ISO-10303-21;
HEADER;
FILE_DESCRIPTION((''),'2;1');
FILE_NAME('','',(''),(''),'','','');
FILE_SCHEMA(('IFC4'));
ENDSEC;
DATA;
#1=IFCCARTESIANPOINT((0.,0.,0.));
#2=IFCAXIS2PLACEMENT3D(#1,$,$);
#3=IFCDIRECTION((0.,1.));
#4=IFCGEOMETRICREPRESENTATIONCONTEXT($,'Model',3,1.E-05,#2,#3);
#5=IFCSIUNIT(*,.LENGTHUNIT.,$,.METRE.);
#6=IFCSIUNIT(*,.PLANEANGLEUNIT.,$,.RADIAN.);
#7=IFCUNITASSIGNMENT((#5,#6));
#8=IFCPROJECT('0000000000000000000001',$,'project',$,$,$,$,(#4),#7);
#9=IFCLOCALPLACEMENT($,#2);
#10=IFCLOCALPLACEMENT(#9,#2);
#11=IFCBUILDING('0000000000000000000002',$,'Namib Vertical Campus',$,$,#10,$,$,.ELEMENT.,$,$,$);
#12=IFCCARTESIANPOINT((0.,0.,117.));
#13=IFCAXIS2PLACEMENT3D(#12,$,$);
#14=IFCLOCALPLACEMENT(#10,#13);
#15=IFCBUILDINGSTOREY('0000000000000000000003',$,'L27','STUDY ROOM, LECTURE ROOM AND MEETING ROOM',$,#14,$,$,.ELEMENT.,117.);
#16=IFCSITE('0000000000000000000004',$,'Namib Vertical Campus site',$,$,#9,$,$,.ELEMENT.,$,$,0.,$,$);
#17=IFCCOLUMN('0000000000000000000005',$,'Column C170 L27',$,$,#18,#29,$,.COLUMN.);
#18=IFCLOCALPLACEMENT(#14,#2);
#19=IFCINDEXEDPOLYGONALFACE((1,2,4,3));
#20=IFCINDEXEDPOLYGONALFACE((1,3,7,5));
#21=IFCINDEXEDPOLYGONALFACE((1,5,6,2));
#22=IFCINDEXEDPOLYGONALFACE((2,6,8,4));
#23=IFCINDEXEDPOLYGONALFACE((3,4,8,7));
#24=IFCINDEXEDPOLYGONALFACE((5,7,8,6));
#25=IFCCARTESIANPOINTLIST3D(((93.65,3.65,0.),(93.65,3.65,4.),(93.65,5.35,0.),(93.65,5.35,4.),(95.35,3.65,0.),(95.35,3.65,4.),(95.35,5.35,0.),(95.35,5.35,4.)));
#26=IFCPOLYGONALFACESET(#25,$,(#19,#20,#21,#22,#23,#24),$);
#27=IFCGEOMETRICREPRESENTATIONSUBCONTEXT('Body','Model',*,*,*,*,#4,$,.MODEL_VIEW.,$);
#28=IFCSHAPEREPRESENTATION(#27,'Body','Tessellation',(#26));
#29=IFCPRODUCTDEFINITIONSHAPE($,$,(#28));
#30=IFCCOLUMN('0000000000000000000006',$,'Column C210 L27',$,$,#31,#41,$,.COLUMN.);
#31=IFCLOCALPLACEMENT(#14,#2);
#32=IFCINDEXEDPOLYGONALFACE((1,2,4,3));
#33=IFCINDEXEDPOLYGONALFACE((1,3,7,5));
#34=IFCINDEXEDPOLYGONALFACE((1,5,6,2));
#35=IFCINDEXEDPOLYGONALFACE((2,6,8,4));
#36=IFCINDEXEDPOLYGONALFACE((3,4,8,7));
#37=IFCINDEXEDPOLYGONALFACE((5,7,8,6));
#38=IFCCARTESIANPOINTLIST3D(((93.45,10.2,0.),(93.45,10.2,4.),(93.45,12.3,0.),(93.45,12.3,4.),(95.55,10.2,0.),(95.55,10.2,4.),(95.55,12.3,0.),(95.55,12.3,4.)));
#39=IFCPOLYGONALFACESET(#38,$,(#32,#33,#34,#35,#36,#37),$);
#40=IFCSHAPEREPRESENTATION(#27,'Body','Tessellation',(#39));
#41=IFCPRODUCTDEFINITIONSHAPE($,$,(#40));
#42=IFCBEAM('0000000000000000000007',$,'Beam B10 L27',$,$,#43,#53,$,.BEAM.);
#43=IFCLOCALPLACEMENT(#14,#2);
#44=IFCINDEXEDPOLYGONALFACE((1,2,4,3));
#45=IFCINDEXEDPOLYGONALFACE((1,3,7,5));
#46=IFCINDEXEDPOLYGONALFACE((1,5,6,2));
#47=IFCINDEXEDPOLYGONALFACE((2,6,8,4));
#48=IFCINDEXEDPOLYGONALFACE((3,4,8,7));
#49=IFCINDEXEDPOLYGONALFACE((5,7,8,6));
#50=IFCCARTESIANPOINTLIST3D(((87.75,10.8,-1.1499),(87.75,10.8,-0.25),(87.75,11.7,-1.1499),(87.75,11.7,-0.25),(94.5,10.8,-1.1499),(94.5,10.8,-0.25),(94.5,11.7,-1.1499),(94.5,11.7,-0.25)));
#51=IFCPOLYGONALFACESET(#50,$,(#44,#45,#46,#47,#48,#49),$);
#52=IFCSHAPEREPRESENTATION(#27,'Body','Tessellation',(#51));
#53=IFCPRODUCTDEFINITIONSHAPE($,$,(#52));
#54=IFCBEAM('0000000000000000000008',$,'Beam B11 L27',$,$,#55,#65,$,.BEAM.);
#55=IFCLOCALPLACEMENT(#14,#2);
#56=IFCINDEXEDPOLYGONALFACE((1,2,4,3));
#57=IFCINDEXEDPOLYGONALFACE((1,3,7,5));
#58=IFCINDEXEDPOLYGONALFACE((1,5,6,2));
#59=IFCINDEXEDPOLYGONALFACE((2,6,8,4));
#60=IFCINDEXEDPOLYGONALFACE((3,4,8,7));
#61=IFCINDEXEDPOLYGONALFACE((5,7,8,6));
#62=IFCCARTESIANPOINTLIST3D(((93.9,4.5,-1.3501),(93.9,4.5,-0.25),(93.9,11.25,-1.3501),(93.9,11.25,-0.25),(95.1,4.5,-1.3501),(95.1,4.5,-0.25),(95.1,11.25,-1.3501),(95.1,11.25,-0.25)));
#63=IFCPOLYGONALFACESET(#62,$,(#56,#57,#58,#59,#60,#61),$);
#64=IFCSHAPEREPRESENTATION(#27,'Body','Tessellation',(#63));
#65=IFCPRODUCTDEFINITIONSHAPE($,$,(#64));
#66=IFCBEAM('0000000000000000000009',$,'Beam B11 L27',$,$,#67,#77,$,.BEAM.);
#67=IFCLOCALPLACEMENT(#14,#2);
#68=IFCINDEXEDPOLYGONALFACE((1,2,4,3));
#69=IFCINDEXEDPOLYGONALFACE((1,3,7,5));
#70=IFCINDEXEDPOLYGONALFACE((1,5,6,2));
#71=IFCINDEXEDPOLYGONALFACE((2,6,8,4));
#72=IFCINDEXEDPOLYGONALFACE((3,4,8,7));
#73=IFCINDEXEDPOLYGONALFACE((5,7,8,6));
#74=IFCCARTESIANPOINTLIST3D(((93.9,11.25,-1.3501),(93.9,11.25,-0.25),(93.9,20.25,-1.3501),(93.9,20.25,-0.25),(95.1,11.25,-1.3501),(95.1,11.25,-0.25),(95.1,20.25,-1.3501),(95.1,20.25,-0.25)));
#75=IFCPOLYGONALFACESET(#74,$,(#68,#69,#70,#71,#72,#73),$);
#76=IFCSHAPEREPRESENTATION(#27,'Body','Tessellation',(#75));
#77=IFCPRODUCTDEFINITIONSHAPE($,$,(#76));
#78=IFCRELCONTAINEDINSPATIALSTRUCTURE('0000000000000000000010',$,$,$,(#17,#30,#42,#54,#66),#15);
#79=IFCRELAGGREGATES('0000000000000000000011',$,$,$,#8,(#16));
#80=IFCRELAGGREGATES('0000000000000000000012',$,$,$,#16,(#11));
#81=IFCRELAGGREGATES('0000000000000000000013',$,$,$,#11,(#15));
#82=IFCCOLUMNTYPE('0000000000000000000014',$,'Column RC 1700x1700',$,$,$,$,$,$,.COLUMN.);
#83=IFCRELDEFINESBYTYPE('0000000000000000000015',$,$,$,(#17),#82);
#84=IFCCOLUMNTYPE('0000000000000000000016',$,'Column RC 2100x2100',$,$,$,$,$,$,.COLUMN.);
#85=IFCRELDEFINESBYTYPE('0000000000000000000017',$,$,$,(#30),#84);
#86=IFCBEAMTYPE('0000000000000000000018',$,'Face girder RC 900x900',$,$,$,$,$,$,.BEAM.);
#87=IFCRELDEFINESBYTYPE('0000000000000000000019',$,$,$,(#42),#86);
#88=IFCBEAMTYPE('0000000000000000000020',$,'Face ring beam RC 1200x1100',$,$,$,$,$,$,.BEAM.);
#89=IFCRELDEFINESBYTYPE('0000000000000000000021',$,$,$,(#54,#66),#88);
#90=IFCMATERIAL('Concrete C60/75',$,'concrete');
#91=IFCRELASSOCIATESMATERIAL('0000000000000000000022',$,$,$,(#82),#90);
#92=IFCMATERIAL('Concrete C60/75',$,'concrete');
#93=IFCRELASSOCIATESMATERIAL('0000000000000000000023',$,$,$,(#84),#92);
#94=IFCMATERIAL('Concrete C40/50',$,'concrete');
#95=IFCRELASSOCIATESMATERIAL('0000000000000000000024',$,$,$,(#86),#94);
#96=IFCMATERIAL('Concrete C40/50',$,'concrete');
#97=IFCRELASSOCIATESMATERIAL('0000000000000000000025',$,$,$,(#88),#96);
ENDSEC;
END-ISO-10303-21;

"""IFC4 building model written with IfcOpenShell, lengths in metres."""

from ifc_helpers import new_model, si_unit, direction, frame, origin, origin_2d, place, context, subcontext, project, spatial, rectangle, extrude, material, material_profile, profile_set, type_object, element, save


model = new_model("IFC4")

# Units and contexts
model_context = context("Model", 3, precision=1e-05, world=origin(), true_north=direction((0.0, 1.0)))
body_context = subcontext(model_context, "Body", "Model", "MODEL_VIEW")
ifc_project = project(units=[si_unit("LENGTHUNIT", "METRE"), si_unit("PLANEANGLEUNIT", "RADIAN")], contexts=[model_context])

# Site, building, storey
site_placement = place(None, origin())
site = spatial("IfcSite", under=ifc_project, at=site_placement, Name="Namib Vertical Campus site", CompositionType="ELEMENT", RefElevation=0.0)
building_placement = place(site_placement, origin())
building = spatial("IfcBuilding", under=site, at=building_placement, Name="Namib Vertical Campus", CompositionType="ELEMENT")
storey_placement = place(building_placement, frame((0.0, 0.0, 117.0)))
storey = spatial("IfcBuildingStorey", under=building, at=storey_placement, Name="L27", Description="STUDY ROOM, LECTURE ROOM AND MEETING ROOM", CompositionType="ELEMENT", Elevation=117.0)

# Columns
ifc_material_1 = material(Name="Concrete C60/75", Category="concrete")
ifc_material_profile_1 = material_profile(ifc_material_1, rectangle(XDim=1.7, YDim=1.7, at=origin_2d()))
ifc_profile_set_1 = profile_set([ifc_material_profile_1], Name="Concrete C60/75")
column_type_1 = type_object("IfcColumnType", Name="Column RC 1700x1700", PredefinedType="COLUMN", material=ifc_profile_set_1)
column_1_placement = place(storey_placement, frame((94.5, 4.5, 0.0), z_axis=(0.0, 0.0, 1.0), x_axis=(1.0, 0.0, 0.0)))
element("IfcColumn", 1, at=column_1_placement, inside=storey, type_object=column_type_1, Name="Column C170 L27", PredefinedType="COLUMN", context=body_context, shape_type="SweptSolid", body=[
    extrude(rectangle(XDim=1.7, YDim=1.7, at=origin_2d()), origin(), (0.0, 0.0, 1.0), 4.0),
])
ifc_material_2 = material(Name="Concrete C60/75", Category="concrete")
ifc_material_profile_2 = material_profile(ifc_material_2, rectangle(XDim=2.1001, YDim=2.1001, at=origin_2d()))
ifc_profile_set_2 = profile_set([ifc_material_profile_2], Name="Concrete C60/75")
column_type_2 = type_object("IfcColumnType", Name="Column RC 2100x2100", PredefinedType="COLUMN", material=ifc_profile_set_2)
column_2_placement = place(storey_placement, frame((94.5, 11.25, 0.0), z_axis=(0.0, 0.0, 1.0), x_axis=(1.0, 0.0, 0.0)))
element("IfcColumn", 2, at=column_2_placement, inside=storey, type_object=column_type_2, Name="Column C210 L27", PredefinedType="COLUMN", context=body_context, shape_type="SweptSolid", body=[
    extrude(rectangle(XDim=2.1001, YDim=2.1001, at=origin_2d()), origin(), (0.0, 0.0, 1.0), 4.0),
])

# Beams
ifc_material_3 = material(Name="Concrete C40/50", Category="concrete")
ifc_material_profile_3 = material_profile(ifc_material_3, rectangle(XDim=0.8999, YDim=0.8999, at=origin_2d()))
ifc_profile_set_3 = profile_set([ifc_material_profile_3], Name="Concrete C40/50")
beam_type_1 = type_object("IfcBeamType", Name="Face girder RC 900x900", PredefinedType="BEAM", material=ifc_profile_set_3)
beam_1_placement = place(storey_placement, frame((94.5, 11.25, -0.7), z_axis=(-1.0, 0.0, 0.0), x_axis=(0.0, -1.0, 0.0)))
element("IfcBeam", 3, at=beam_1_placement, inside=storey, type_object=beam_type_1, Name="Beam B10 L27", PredefinedType="BEAM", context=body_context, shape_type="SweptSolid", body=[
    extrude(rectangle(XDim=0.8999, YDim=0.8999, at=origin_2d()), origin(), (0.0, 0.0, 1.0), 6.75),
])
ifc_material_4 = material(Name="Concrete C40/50", Category="concrete")
ifc_material_profile_4 = material_profile(ifc_material_4, rectangle(XDim=1.2, YDim=1.1001, at=origin_2d()))
ifc_profile_set_4 = profile_set([ifc_material_profile_4], Name="Concrete C40/50")
beam_type_2 = type_object("IfcBeamType", Name="Face ring beam RC 1200x1100", PredefinedType="BEAM", material=ifc_profile_set_4)
beam_2_placement = place(storey_placement, frame((94.5, 4.5, -0.8), z_axis=(0.0, 1.0, 0.0), x_axis=(-1.0, 0.0, 0.0)))
element("IfcBeam", 4, at=beam_2_placement, inside=storey, type_object=beam_type_2, Name="Beam B11 L27", PredefinedType="BEAM", context=body_context, shape_type="SweptSolid", body=[
    extrude(rectangle(XDim=1.2, YDim=1.1001, at=origin_2d()), origin(), (0.0, 0.0, 1.0), 6.75),
])
beam_3_placement = place(storey_placement, frame((94.5, 11.25, -0.8), z_axis=(0.0, 1.0, 0.0), x_axis=(-1.0, 0.0, 0.0)))
element("IfcBeam", 5, at=beam_3_placement, inside=storey, type_object=beam_type_2, Name="Beam B11 L27", PredefinedType="BEAM", context=body_context, shape_type="SweptSolid", body=[
    extrude(rectangle(XDim=1.2, YDim=1.1001, at=origin_2d()), origin(), (0.0, 0.0, 1.0), 9.0),
])

save(model, "model.ifc")
